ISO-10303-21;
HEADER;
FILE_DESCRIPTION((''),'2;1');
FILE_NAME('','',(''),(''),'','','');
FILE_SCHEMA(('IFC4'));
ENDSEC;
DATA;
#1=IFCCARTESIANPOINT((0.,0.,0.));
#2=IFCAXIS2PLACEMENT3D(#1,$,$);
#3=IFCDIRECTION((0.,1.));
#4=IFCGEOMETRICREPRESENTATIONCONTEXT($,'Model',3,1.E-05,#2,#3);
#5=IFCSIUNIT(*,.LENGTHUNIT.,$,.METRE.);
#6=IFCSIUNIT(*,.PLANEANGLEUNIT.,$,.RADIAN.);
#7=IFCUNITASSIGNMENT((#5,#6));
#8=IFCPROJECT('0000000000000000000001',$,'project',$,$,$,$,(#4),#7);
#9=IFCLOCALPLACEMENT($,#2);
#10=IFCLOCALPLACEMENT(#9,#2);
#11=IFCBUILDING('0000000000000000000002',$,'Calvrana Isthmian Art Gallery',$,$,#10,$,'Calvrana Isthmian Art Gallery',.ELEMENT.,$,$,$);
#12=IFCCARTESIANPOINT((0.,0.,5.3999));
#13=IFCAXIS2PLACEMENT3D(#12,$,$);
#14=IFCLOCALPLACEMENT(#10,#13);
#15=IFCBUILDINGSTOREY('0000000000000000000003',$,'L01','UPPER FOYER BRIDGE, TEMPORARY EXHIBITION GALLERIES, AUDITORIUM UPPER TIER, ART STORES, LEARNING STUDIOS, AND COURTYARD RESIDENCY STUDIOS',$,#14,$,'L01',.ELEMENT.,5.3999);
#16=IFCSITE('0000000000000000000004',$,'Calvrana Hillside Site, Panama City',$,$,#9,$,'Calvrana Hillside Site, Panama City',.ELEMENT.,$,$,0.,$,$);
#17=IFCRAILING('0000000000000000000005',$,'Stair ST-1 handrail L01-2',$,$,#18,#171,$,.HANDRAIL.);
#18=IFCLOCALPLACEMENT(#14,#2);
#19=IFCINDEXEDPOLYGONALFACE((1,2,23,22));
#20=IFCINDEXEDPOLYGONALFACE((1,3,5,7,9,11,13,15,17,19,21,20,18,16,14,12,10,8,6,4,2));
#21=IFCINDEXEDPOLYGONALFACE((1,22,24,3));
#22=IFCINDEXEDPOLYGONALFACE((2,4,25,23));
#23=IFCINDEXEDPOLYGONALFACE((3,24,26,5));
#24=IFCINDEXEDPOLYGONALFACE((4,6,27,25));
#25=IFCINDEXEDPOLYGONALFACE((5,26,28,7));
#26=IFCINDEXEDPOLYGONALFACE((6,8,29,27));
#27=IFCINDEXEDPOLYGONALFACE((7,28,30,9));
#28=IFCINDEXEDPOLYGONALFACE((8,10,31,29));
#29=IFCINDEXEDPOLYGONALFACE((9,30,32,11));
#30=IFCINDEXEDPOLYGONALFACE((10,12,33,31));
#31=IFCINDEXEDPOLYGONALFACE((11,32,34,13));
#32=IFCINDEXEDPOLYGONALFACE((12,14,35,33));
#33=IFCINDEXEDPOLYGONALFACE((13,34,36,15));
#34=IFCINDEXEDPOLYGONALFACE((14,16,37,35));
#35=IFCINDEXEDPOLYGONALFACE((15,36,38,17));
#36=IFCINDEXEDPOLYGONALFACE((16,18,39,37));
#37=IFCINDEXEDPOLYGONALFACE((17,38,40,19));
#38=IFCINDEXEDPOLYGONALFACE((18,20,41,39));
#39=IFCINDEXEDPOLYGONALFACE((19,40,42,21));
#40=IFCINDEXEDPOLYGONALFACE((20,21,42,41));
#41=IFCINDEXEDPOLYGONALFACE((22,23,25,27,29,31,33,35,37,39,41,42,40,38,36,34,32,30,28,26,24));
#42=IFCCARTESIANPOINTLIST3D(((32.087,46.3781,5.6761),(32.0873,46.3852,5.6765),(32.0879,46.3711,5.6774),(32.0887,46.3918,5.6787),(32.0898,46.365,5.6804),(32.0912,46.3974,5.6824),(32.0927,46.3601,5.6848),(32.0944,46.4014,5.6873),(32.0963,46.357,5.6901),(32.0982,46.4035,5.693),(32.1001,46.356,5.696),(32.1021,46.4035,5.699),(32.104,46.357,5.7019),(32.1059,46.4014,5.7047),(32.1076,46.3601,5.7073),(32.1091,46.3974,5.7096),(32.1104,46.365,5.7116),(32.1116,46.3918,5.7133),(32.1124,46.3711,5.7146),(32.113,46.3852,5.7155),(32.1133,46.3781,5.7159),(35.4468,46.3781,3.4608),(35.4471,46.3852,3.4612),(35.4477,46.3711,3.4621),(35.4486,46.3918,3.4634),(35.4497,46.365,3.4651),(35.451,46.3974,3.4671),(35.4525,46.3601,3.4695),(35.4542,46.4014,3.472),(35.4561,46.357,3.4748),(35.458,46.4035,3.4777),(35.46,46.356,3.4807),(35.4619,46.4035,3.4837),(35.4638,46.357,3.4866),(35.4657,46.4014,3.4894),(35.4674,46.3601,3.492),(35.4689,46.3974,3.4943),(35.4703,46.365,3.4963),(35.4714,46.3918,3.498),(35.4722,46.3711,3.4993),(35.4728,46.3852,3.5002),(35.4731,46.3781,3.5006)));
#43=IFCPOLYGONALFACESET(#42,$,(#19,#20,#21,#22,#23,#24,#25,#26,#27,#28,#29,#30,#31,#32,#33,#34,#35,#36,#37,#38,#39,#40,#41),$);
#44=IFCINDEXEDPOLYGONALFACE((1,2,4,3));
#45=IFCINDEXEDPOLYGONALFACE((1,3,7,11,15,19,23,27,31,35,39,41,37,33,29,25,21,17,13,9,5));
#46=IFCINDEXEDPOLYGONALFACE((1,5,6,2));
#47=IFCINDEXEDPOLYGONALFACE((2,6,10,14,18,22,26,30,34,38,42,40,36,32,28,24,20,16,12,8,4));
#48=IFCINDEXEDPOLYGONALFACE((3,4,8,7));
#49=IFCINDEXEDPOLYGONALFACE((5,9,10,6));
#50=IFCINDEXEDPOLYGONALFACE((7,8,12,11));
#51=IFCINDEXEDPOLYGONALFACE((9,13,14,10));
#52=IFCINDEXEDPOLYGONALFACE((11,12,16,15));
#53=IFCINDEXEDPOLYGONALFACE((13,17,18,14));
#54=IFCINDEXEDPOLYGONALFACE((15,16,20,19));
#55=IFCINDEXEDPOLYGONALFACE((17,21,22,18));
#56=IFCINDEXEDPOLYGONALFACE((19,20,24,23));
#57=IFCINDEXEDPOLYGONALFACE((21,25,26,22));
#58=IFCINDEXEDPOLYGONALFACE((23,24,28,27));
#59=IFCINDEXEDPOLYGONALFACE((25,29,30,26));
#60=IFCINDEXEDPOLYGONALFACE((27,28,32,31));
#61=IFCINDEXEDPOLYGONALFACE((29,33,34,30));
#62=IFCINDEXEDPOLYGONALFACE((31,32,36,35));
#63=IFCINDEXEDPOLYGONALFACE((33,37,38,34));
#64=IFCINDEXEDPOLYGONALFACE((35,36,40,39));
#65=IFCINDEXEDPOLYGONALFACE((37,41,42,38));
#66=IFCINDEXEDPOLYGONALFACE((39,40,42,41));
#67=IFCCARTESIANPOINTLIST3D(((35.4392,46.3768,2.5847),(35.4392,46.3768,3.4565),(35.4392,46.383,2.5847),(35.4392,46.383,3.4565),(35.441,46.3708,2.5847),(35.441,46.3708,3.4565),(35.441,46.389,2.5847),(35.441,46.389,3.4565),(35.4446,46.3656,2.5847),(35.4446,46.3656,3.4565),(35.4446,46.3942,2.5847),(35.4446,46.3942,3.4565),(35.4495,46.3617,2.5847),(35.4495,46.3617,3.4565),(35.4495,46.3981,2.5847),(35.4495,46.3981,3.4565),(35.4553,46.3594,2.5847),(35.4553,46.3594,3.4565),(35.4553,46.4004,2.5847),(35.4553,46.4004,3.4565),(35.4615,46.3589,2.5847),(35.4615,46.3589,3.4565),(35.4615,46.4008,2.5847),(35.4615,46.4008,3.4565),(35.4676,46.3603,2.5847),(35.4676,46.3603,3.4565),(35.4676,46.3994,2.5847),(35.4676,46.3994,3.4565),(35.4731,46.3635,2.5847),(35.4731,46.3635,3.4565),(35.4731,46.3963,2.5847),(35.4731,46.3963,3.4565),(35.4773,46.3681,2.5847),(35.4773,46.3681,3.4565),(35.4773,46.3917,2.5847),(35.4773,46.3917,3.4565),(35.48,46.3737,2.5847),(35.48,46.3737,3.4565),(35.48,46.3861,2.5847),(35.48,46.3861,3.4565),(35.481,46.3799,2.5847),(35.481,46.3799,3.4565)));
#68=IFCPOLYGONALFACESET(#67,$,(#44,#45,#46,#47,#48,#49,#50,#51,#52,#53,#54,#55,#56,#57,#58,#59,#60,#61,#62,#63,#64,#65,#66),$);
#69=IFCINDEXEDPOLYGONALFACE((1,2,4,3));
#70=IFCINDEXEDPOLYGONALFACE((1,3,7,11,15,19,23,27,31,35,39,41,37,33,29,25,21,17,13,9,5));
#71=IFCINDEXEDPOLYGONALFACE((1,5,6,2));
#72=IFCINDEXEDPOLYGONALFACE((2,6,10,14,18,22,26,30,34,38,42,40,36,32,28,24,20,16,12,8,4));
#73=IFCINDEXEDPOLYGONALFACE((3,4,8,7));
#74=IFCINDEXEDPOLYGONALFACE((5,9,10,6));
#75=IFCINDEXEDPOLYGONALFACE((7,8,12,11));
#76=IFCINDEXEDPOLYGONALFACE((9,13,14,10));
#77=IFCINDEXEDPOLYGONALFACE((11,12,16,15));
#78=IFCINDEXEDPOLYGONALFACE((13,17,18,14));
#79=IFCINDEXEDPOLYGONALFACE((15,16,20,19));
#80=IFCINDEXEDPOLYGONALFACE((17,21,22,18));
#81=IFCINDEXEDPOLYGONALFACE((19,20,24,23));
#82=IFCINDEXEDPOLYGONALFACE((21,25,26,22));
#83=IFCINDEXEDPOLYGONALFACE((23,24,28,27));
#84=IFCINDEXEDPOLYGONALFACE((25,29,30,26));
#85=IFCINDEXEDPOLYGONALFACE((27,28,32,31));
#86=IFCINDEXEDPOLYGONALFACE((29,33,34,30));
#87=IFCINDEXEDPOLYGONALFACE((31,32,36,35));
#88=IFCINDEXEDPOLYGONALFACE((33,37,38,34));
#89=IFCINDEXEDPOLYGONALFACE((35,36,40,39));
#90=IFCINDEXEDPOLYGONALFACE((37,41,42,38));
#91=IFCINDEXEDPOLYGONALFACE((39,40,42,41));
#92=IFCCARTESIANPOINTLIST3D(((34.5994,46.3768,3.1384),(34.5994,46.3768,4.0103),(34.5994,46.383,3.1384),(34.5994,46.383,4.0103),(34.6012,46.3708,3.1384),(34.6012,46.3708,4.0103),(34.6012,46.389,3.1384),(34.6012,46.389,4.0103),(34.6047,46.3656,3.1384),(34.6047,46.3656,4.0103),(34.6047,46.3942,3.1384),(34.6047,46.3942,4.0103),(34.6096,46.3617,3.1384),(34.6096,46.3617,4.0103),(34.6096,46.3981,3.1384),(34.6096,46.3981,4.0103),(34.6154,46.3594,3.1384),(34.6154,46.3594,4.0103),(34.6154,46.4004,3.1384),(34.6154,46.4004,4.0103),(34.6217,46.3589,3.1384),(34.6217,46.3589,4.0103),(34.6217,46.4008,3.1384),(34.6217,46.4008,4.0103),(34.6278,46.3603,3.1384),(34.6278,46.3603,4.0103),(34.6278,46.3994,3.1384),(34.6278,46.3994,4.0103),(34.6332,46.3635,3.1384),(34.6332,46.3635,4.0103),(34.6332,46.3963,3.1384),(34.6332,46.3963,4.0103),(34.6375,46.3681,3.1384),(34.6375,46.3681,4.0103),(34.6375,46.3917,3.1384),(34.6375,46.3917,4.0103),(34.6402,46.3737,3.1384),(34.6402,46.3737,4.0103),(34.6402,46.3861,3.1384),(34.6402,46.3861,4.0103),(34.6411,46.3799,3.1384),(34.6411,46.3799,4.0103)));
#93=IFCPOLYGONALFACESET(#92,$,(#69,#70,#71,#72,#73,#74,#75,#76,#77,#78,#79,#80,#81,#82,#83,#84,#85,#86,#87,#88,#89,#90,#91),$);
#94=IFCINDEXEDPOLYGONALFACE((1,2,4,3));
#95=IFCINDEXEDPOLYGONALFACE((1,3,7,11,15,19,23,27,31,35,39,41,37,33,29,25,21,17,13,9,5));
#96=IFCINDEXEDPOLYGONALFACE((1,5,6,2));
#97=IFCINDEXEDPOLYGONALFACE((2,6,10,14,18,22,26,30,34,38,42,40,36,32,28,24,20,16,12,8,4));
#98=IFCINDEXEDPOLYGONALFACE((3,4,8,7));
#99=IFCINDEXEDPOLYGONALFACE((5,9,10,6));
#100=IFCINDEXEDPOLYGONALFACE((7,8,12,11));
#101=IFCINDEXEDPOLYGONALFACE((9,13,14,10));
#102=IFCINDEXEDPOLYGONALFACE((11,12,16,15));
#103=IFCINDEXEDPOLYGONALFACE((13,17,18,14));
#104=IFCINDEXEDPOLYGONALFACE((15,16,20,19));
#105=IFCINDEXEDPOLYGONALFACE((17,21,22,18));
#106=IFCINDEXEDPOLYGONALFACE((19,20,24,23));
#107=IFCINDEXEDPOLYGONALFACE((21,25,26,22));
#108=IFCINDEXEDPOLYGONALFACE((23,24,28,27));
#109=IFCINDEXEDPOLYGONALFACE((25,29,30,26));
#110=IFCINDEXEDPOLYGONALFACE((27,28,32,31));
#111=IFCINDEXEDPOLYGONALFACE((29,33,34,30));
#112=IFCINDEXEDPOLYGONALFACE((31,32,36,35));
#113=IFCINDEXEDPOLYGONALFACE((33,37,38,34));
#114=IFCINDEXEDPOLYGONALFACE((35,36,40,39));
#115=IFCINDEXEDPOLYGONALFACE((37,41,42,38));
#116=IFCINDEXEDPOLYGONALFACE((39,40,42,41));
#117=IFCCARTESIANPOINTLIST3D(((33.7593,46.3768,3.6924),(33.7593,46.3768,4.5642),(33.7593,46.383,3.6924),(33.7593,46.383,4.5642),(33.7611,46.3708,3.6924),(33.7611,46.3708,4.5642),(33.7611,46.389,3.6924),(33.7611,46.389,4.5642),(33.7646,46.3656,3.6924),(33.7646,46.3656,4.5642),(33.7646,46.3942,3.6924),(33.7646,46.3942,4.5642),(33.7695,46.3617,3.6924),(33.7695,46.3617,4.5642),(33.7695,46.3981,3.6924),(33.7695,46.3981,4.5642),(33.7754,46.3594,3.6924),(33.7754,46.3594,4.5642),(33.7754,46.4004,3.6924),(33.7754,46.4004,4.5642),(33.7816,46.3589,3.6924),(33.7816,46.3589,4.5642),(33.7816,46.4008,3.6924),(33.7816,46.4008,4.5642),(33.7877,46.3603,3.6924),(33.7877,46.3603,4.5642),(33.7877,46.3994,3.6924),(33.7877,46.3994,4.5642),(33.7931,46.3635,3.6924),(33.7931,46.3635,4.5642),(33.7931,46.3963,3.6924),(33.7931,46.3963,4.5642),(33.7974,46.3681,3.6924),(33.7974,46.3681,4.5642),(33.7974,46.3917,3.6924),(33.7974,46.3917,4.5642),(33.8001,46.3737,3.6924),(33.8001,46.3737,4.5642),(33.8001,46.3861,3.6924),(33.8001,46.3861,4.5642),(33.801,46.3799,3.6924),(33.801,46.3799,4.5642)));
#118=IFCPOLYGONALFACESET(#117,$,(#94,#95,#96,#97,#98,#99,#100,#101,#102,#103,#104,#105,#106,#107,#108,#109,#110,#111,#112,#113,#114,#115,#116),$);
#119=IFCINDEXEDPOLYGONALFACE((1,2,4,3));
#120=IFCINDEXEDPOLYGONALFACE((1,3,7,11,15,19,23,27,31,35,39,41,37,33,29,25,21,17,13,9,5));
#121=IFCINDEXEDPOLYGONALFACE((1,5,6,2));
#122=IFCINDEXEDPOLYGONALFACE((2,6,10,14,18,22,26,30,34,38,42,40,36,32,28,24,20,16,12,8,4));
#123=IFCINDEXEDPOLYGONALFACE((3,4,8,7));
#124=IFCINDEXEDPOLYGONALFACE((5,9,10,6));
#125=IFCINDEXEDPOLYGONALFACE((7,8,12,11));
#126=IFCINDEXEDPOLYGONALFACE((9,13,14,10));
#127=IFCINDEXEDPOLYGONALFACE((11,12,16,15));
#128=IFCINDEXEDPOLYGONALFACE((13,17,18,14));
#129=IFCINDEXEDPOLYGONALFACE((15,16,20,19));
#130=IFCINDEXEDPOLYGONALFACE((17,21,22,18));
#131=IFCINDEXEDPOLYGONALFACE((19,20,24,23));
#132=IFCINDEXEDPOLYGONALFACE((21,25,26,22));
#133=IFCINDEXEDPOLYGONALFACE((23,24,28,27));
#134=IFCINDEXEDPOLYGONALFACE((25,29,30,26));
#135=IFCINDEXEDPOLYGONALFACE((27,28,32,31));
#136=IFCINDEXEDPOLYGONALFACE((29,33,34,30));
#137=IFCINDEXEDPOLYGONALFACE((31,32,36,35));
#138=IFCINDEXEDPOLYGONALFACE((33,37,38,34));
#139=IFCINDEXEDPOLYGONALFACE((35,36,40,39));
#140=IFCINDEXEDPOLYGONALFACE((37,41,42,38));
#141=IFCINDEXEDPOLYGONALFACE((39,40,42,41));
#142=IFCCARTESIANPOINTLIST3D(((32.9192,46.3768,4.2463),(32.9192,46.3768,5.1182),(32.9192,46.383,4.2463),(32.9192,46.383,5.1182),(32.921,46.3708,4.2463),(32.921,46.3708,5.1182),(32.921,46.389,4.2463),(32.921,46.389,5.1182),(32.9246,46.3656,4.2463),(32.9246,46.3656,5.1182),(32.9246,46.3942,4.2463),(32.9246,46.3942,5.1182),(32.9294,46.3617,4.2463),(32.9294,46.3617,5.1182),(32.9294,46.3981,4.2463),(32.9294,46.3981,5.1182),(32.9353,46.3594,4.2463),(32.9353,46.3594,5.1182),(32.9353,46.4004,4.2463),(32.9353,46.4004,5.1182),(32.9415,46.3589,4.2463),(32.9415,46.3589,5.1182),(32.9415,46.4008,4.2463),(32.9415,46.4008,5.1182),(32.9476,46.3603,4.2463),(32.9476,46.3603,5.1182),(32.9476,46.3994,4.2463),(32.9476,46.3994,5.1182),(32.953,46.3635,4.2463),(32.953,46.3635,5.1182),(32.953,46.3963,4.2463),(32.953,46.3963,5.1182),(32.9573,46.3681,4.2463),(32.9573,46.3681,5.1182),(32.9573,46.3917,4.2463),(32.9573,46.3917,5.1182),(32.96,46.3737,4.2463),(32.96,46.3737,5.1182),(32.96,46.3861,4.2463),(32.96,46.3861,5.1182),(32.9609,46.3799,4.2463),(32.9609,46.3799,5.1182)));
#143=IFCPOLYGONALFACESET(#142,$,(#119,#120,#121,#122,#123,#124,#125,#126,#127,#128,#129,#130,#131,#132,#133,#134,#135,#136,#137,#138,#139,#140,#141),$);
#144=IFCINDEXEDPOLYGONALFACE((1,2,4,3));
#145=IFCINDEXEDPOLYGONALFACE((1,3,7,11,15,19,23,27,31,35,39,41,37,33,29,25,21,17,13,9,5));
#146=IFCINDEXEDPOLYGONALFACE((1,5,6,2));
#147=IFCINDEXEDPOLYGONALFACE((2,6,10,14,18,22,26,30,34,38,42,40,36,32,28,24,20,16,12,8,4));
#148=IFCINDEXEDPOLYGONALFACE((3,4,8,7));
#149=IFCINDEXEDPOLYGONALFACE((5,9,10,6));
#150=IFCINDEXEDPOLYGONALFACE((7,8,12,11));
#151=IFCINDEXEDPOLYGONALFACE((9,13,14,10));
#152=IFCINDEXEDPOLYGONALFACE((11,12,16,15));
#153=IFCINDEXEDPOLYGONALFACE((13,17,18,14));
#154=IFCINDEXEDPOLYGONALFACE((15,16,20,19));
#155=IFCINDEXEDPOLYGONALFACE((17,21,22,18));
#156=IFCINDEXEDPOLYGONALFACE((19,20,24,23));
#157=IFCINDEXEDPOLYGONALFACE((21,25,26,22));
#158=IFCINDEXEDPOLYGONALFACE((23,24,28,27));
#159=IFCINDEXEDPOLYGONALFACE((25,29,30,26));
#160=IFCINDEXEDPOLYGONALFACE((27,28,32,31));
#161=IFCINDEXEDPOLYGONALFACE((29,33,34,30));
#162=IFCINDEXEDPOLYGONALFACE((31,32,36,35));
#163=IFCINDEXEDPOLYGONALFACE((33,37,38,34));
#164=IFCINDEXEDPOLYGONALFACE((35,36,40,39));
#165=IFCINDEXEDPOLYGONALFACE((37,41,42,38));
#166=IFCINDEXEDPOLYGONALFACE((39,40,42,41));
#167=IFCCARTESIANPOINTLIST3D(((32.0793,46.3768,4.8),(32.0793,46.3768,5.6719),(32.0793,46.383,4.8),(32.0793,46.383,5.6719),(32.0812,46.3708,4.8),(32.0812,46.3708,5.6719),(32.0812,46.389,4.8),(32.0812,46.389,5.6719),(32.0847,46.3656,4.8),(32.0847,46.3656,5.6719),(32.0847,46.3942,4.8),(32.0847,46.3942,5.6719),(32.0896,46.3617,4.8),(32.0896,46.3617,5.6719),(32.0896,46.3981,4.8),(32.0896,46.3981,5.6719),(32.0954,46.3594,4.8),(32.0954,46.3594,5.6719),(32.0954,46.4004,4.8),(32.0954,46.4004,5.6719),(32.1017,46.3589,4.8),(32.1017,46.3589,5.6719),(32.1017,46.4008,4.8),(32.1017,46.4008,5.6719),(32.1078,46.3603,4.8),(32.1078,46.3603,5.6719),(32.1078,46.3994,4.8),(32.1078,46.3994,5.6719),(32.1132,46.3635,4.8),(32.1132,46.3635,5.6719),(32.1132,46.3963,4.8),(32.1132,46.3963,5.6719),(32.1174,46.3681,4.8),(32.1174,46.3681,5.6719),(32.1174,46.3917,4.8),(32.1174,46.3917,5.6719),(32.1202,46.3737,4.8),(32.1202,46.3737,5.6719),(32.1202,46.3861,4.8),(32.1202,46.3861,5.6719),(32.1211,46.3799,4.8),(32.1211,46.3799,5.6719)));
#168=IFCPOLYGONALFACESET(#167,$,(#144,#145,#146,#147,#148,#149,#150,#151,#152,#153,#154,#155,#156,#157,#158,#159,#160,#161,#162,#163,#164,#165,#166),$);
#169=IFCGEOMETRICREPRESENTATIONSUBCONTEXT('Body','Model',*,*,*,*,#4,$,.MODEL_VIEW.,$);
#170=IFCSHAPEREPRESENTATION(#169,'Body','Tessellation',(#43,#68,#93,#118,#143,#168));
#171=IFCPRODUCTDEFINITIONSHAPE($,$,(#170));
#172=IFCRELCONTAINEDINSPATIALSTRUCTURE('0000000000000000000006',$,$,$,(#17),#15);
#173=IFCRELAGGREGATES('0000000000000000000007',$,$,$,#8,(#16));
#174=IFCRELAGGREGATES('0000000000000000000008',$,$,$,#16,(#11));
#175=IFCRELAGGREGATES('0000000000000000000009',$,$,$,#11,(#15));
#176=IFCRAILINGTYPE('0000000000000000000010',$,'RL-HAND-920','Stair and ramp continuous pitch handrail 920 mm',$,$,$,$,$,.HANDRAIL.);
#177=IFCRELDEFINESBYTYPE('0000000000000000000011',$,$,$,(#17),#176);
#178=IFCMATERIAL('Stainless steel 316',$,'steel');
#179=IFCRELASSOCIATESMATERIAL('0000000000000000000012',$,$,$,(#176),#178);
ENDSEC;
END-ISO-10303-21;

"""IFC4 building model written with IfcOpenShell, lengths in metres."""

from ifc_helpers import new_model, si_unit, direction, frame, origin, origin_2d, place, context, subcontext, project, spatial, circle, extrude, material, type_object, element, save


model = new_model("IFC4")

# Units and contexts
model_context = context("Model", 3, precision=1e-05, world=origin(), true_north=direction((0.0, 1.0)))
body_context = subcontext(model_context, "Body", "Model", "MODEL_VIEW")
ifc_project = project(units=[si_unit("LENGTHUNIT", "METRE"), si_unit("PLANEANGLEUNIT", "RADIAN")], contexts=[model_context])

# Site, building, storey
site_placement = place(None, origin())
site = spatial("IfcSite", under=ifc_project, at=site_placement, Name="Calvrana Hillside Site, Panama City", LongName="Calvrana Hillside Site, Panama City", CompositionType="ELEMENT", RefElevation=0.0)
building_placement = place(site_placement, origin())
building = spatial("IfcBuilding", under=site, at=building_placement, Name="Calvrana Isthmian Art Gallery", LongName="Calvrana Isthmian Art Gallery", CompositionType="ELEMENT")
storey_placement = place(building_placement, frame((0.0, 0.0, 5.3999)))
storey = spatial("IfcBuildingStorey", under=building, at=storey_placement, Name="L01", Description="UPPER FOYER BRIDGE, TEMPORARY EXHIBITION GALLERIES, AUDITORIUM UPPER TIER, ART STORES, LEARNING STUDIOS, AND COURTYARD RESIDENCY STUDIOS", LongName="L01", CompositionType="ELEMENT", Elevation=5.3999)

# Railing
ifc_material_1 = material(Name="Stainless steel 316", Category="steel")
railing_type_1 = type_object("IfcRailingType", Name="RL-HAND-920", Description="Stair and ramp continuous pitch handrail 920 mm", PredefinedType="HANDRAIL", material=ifc_material_1)
railing_1_placement = place(storey_placement, frame((35.46, 46.3799, 2.5847)))
element("IfcRailing", 1, at=railing_1_placement, inside=storey, type_object=railing_type_1, Name="Stair ST-1 handrail L01-2", PredefinedType="HANDRAIL", context=body_context, shape_type="SweptSolid", body=[
    extrude(circle(Radius=0.0239, at=origin_2d()), frame((0.0, 0.0, 0.896), z_axis=(-0.834858, 0.0, 0.550465), x_axis=(0.0, -1.0, 0.0)), (0.0, 0.0, 1.0), 4.0244),
    extrude(circle(Radius=0.021, at=origin_2d()), origin(), (0.0, 0.0, 1.0), 0.8718),
    extrude(circle(Radius=0.021, at=origin_2d()), frame((-0.8398, 0.0, 0.5537)), (0.0, 0.0, 1.0), 0.8718),
    extrude(circle(Radius=0.021, at=origin_2d()), frame((-1.6799, 0.0, 1.1077)), (0.0, 0.0, 1.0), 0.8718),
    extrude(circle(Radius=0.021, at=origin_2d()), frame((-2.52, 0.0, 1.6616)), (0.0, 0.0, 1.0), 0.8718),
    extrude(circle(Radius=0.021, at=origin_2d()), frame((-3.3599, 0.0, 2.2153)), (0.0, 0.0, 1.0), 0.8718),
])

save(model, "model.ifc")
